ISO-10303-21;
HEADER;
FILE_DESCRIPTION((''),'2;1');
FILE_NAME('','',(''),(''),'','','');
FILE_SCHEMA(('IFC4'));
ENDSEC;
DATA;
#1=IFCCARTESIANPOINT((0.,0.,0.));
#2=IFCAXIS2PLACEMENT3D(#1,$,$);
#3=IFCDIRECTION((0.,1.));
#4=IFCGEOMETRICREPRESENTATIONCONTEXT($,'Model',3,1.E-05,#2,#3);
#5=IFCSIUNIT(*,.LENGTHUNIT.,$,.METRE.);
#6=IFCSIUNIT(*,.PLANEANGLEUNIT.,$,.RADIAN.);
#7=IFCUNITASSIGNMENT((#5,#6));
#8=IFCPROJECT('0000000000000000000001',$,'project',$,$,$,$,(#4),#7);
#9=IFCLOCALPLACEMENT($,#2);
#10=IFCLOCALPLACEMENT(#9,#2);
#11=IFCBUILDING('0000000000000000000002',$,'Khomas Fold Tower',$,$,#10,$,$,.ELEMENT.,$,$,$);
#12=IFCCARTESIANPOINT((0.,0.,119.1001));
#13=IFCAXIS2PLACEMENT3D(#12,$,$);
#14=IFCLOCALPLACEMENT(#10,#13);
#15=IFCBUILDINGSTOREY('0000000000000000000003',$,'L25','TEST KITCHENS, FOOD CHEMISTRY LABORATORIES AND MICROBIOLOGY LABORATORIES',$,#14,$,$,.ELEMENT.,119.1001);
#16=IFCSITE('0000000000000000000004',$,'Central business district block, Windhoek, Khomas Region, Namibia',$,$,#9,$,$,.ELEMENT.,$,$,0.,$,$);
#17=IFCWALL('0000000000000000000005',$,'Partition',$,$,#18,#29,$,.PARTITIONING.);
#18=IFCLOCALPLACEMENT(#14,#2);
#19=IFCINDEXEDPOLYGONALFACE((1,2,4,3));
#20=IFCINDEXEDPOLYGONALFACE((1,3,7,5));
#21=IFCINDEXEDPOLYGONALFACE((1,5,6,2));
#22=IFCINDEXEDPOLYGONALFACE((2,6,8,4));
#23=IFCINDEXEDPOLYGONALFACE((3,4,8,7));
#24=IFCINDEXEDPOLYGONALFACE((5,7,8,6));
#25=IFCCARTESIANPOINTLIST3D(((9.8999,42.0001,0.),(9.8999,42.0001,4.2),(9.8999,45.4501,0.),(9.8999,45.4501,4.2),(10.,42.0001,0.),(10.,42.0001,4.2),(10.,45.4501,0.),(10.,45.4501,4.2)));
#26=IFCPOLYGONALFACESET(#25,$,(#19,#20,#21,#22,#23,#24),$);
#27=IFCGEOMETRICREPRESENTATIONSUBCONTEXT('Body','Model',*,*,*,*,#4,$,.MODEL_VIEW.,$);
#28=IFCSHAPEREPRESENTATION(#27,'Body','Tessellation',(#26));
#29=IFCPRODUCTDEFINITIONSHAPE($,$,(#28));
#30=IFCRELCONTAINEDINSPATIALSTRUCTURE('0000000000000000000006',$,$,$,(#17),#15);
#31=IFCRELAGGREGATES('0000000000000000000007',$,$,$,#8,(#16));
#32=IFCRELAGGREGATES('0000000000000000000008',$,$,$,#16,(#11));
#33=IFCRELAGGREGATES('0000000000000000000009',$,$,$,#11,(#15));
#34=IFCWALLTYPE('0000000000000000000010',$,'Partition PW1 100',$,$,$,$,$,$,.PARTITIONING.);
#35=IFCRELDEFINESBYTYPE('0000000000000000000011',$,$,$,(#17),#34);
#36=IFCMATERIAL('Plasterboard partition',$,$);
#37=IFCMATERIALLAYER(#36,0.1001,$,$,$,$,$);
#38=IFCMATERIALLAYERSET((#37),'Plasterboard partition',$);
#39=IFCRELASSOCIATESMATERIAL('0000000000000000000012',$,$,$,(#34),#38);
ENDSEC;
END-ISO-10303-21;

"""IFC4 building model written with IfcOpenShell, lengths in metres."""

from ifc_helpers import new_model, si_unit, direction, frame, frame_2d, origin, place, context, subcontext, project, spatial, rectangle, extrude, source, transform, mapped, material, layer, layer_set, type_object, element, save


model = new_model("IFC4")

# Units and contexts
model_context = context("Model", 3, precision=1e-05, world=origin(), true_north=direction((0.0, 1.0)))
body_context = subcontext(model_context, "Body", "Model", "MODEL_VIEW")
ifc_project = project(units=[si_unit("LENGTHUNIT", "METRE"), si_unit("PLANEANGLEUNIT", "RADIAN")], contexts=[model_context])

# Site, building, storey
site_placement = place(None, origin())
site = spatial("IfcSite", under=ifc_project, at=site_placement, Name="Central business district block, Windhoek, Khomas Region, Namibia", CompositionType="ELEMENT", RefElevation=0.0)
building_placement = place(site_placement, origin())
building = spatial("IfcBuilding", under=site, at=building_placement, Name="Khomas Fold Tower", CompositionType="ELEMENT")
storey_placement = place(building_placement, frame((0.0, 0.0, 119.1001)))
storey = spatial("IfcBuildingStorey", under=building, at=storey_placement, Name="L25", Description="TEST KITCHENS, FOOD CHEMISTRY LABORATORIES AND MICROBIOLOGY LABORATORIES", CompositionType="ELEMENT", Elevation=119.1001)

# Wall
ifc_material_1 = material(Name="Plasterboard partition")
ifc_layer_1 = layer(ifc_material_1, 0.1001)
ifc_layer_set_1 = layer_set([ifc_layer_1], Name="Plasterboard partition")
wall_type_1 = type_object("IfcWallType", Name="Partition PW1 100", PredefinedType="PARTITIONING", material=ifc_layer_set_1)
shared_shape_1 = source(origin(), body_context, "Body", "SweptSolid", [
    extrude(rectangle(XDim=3.45, YDim=0.1001, at=frame_2d((1.7251, 0.0))), origin(), (0.0, 0.0, 1.0), 4.2),
])
wall_1_placement = place(storey_placement, frame((9.95, 42.0, 0.0), z_axis=(0.0, 0.0, 1.0), x_axis=(0.0, 1.0, 0.0)))
element("IfcWall", 1, at=wall_1_placement, inside=storey, type_object=wall_type_1, Name="Partition", PredefinedType="PARTITIONING", context=body_context, shape_type="MappedRepresentation", body=[
    mapped(shared_shape_1, transform((0.0, 0.0, 0.0))),
])

save(model, "model.ifc")
